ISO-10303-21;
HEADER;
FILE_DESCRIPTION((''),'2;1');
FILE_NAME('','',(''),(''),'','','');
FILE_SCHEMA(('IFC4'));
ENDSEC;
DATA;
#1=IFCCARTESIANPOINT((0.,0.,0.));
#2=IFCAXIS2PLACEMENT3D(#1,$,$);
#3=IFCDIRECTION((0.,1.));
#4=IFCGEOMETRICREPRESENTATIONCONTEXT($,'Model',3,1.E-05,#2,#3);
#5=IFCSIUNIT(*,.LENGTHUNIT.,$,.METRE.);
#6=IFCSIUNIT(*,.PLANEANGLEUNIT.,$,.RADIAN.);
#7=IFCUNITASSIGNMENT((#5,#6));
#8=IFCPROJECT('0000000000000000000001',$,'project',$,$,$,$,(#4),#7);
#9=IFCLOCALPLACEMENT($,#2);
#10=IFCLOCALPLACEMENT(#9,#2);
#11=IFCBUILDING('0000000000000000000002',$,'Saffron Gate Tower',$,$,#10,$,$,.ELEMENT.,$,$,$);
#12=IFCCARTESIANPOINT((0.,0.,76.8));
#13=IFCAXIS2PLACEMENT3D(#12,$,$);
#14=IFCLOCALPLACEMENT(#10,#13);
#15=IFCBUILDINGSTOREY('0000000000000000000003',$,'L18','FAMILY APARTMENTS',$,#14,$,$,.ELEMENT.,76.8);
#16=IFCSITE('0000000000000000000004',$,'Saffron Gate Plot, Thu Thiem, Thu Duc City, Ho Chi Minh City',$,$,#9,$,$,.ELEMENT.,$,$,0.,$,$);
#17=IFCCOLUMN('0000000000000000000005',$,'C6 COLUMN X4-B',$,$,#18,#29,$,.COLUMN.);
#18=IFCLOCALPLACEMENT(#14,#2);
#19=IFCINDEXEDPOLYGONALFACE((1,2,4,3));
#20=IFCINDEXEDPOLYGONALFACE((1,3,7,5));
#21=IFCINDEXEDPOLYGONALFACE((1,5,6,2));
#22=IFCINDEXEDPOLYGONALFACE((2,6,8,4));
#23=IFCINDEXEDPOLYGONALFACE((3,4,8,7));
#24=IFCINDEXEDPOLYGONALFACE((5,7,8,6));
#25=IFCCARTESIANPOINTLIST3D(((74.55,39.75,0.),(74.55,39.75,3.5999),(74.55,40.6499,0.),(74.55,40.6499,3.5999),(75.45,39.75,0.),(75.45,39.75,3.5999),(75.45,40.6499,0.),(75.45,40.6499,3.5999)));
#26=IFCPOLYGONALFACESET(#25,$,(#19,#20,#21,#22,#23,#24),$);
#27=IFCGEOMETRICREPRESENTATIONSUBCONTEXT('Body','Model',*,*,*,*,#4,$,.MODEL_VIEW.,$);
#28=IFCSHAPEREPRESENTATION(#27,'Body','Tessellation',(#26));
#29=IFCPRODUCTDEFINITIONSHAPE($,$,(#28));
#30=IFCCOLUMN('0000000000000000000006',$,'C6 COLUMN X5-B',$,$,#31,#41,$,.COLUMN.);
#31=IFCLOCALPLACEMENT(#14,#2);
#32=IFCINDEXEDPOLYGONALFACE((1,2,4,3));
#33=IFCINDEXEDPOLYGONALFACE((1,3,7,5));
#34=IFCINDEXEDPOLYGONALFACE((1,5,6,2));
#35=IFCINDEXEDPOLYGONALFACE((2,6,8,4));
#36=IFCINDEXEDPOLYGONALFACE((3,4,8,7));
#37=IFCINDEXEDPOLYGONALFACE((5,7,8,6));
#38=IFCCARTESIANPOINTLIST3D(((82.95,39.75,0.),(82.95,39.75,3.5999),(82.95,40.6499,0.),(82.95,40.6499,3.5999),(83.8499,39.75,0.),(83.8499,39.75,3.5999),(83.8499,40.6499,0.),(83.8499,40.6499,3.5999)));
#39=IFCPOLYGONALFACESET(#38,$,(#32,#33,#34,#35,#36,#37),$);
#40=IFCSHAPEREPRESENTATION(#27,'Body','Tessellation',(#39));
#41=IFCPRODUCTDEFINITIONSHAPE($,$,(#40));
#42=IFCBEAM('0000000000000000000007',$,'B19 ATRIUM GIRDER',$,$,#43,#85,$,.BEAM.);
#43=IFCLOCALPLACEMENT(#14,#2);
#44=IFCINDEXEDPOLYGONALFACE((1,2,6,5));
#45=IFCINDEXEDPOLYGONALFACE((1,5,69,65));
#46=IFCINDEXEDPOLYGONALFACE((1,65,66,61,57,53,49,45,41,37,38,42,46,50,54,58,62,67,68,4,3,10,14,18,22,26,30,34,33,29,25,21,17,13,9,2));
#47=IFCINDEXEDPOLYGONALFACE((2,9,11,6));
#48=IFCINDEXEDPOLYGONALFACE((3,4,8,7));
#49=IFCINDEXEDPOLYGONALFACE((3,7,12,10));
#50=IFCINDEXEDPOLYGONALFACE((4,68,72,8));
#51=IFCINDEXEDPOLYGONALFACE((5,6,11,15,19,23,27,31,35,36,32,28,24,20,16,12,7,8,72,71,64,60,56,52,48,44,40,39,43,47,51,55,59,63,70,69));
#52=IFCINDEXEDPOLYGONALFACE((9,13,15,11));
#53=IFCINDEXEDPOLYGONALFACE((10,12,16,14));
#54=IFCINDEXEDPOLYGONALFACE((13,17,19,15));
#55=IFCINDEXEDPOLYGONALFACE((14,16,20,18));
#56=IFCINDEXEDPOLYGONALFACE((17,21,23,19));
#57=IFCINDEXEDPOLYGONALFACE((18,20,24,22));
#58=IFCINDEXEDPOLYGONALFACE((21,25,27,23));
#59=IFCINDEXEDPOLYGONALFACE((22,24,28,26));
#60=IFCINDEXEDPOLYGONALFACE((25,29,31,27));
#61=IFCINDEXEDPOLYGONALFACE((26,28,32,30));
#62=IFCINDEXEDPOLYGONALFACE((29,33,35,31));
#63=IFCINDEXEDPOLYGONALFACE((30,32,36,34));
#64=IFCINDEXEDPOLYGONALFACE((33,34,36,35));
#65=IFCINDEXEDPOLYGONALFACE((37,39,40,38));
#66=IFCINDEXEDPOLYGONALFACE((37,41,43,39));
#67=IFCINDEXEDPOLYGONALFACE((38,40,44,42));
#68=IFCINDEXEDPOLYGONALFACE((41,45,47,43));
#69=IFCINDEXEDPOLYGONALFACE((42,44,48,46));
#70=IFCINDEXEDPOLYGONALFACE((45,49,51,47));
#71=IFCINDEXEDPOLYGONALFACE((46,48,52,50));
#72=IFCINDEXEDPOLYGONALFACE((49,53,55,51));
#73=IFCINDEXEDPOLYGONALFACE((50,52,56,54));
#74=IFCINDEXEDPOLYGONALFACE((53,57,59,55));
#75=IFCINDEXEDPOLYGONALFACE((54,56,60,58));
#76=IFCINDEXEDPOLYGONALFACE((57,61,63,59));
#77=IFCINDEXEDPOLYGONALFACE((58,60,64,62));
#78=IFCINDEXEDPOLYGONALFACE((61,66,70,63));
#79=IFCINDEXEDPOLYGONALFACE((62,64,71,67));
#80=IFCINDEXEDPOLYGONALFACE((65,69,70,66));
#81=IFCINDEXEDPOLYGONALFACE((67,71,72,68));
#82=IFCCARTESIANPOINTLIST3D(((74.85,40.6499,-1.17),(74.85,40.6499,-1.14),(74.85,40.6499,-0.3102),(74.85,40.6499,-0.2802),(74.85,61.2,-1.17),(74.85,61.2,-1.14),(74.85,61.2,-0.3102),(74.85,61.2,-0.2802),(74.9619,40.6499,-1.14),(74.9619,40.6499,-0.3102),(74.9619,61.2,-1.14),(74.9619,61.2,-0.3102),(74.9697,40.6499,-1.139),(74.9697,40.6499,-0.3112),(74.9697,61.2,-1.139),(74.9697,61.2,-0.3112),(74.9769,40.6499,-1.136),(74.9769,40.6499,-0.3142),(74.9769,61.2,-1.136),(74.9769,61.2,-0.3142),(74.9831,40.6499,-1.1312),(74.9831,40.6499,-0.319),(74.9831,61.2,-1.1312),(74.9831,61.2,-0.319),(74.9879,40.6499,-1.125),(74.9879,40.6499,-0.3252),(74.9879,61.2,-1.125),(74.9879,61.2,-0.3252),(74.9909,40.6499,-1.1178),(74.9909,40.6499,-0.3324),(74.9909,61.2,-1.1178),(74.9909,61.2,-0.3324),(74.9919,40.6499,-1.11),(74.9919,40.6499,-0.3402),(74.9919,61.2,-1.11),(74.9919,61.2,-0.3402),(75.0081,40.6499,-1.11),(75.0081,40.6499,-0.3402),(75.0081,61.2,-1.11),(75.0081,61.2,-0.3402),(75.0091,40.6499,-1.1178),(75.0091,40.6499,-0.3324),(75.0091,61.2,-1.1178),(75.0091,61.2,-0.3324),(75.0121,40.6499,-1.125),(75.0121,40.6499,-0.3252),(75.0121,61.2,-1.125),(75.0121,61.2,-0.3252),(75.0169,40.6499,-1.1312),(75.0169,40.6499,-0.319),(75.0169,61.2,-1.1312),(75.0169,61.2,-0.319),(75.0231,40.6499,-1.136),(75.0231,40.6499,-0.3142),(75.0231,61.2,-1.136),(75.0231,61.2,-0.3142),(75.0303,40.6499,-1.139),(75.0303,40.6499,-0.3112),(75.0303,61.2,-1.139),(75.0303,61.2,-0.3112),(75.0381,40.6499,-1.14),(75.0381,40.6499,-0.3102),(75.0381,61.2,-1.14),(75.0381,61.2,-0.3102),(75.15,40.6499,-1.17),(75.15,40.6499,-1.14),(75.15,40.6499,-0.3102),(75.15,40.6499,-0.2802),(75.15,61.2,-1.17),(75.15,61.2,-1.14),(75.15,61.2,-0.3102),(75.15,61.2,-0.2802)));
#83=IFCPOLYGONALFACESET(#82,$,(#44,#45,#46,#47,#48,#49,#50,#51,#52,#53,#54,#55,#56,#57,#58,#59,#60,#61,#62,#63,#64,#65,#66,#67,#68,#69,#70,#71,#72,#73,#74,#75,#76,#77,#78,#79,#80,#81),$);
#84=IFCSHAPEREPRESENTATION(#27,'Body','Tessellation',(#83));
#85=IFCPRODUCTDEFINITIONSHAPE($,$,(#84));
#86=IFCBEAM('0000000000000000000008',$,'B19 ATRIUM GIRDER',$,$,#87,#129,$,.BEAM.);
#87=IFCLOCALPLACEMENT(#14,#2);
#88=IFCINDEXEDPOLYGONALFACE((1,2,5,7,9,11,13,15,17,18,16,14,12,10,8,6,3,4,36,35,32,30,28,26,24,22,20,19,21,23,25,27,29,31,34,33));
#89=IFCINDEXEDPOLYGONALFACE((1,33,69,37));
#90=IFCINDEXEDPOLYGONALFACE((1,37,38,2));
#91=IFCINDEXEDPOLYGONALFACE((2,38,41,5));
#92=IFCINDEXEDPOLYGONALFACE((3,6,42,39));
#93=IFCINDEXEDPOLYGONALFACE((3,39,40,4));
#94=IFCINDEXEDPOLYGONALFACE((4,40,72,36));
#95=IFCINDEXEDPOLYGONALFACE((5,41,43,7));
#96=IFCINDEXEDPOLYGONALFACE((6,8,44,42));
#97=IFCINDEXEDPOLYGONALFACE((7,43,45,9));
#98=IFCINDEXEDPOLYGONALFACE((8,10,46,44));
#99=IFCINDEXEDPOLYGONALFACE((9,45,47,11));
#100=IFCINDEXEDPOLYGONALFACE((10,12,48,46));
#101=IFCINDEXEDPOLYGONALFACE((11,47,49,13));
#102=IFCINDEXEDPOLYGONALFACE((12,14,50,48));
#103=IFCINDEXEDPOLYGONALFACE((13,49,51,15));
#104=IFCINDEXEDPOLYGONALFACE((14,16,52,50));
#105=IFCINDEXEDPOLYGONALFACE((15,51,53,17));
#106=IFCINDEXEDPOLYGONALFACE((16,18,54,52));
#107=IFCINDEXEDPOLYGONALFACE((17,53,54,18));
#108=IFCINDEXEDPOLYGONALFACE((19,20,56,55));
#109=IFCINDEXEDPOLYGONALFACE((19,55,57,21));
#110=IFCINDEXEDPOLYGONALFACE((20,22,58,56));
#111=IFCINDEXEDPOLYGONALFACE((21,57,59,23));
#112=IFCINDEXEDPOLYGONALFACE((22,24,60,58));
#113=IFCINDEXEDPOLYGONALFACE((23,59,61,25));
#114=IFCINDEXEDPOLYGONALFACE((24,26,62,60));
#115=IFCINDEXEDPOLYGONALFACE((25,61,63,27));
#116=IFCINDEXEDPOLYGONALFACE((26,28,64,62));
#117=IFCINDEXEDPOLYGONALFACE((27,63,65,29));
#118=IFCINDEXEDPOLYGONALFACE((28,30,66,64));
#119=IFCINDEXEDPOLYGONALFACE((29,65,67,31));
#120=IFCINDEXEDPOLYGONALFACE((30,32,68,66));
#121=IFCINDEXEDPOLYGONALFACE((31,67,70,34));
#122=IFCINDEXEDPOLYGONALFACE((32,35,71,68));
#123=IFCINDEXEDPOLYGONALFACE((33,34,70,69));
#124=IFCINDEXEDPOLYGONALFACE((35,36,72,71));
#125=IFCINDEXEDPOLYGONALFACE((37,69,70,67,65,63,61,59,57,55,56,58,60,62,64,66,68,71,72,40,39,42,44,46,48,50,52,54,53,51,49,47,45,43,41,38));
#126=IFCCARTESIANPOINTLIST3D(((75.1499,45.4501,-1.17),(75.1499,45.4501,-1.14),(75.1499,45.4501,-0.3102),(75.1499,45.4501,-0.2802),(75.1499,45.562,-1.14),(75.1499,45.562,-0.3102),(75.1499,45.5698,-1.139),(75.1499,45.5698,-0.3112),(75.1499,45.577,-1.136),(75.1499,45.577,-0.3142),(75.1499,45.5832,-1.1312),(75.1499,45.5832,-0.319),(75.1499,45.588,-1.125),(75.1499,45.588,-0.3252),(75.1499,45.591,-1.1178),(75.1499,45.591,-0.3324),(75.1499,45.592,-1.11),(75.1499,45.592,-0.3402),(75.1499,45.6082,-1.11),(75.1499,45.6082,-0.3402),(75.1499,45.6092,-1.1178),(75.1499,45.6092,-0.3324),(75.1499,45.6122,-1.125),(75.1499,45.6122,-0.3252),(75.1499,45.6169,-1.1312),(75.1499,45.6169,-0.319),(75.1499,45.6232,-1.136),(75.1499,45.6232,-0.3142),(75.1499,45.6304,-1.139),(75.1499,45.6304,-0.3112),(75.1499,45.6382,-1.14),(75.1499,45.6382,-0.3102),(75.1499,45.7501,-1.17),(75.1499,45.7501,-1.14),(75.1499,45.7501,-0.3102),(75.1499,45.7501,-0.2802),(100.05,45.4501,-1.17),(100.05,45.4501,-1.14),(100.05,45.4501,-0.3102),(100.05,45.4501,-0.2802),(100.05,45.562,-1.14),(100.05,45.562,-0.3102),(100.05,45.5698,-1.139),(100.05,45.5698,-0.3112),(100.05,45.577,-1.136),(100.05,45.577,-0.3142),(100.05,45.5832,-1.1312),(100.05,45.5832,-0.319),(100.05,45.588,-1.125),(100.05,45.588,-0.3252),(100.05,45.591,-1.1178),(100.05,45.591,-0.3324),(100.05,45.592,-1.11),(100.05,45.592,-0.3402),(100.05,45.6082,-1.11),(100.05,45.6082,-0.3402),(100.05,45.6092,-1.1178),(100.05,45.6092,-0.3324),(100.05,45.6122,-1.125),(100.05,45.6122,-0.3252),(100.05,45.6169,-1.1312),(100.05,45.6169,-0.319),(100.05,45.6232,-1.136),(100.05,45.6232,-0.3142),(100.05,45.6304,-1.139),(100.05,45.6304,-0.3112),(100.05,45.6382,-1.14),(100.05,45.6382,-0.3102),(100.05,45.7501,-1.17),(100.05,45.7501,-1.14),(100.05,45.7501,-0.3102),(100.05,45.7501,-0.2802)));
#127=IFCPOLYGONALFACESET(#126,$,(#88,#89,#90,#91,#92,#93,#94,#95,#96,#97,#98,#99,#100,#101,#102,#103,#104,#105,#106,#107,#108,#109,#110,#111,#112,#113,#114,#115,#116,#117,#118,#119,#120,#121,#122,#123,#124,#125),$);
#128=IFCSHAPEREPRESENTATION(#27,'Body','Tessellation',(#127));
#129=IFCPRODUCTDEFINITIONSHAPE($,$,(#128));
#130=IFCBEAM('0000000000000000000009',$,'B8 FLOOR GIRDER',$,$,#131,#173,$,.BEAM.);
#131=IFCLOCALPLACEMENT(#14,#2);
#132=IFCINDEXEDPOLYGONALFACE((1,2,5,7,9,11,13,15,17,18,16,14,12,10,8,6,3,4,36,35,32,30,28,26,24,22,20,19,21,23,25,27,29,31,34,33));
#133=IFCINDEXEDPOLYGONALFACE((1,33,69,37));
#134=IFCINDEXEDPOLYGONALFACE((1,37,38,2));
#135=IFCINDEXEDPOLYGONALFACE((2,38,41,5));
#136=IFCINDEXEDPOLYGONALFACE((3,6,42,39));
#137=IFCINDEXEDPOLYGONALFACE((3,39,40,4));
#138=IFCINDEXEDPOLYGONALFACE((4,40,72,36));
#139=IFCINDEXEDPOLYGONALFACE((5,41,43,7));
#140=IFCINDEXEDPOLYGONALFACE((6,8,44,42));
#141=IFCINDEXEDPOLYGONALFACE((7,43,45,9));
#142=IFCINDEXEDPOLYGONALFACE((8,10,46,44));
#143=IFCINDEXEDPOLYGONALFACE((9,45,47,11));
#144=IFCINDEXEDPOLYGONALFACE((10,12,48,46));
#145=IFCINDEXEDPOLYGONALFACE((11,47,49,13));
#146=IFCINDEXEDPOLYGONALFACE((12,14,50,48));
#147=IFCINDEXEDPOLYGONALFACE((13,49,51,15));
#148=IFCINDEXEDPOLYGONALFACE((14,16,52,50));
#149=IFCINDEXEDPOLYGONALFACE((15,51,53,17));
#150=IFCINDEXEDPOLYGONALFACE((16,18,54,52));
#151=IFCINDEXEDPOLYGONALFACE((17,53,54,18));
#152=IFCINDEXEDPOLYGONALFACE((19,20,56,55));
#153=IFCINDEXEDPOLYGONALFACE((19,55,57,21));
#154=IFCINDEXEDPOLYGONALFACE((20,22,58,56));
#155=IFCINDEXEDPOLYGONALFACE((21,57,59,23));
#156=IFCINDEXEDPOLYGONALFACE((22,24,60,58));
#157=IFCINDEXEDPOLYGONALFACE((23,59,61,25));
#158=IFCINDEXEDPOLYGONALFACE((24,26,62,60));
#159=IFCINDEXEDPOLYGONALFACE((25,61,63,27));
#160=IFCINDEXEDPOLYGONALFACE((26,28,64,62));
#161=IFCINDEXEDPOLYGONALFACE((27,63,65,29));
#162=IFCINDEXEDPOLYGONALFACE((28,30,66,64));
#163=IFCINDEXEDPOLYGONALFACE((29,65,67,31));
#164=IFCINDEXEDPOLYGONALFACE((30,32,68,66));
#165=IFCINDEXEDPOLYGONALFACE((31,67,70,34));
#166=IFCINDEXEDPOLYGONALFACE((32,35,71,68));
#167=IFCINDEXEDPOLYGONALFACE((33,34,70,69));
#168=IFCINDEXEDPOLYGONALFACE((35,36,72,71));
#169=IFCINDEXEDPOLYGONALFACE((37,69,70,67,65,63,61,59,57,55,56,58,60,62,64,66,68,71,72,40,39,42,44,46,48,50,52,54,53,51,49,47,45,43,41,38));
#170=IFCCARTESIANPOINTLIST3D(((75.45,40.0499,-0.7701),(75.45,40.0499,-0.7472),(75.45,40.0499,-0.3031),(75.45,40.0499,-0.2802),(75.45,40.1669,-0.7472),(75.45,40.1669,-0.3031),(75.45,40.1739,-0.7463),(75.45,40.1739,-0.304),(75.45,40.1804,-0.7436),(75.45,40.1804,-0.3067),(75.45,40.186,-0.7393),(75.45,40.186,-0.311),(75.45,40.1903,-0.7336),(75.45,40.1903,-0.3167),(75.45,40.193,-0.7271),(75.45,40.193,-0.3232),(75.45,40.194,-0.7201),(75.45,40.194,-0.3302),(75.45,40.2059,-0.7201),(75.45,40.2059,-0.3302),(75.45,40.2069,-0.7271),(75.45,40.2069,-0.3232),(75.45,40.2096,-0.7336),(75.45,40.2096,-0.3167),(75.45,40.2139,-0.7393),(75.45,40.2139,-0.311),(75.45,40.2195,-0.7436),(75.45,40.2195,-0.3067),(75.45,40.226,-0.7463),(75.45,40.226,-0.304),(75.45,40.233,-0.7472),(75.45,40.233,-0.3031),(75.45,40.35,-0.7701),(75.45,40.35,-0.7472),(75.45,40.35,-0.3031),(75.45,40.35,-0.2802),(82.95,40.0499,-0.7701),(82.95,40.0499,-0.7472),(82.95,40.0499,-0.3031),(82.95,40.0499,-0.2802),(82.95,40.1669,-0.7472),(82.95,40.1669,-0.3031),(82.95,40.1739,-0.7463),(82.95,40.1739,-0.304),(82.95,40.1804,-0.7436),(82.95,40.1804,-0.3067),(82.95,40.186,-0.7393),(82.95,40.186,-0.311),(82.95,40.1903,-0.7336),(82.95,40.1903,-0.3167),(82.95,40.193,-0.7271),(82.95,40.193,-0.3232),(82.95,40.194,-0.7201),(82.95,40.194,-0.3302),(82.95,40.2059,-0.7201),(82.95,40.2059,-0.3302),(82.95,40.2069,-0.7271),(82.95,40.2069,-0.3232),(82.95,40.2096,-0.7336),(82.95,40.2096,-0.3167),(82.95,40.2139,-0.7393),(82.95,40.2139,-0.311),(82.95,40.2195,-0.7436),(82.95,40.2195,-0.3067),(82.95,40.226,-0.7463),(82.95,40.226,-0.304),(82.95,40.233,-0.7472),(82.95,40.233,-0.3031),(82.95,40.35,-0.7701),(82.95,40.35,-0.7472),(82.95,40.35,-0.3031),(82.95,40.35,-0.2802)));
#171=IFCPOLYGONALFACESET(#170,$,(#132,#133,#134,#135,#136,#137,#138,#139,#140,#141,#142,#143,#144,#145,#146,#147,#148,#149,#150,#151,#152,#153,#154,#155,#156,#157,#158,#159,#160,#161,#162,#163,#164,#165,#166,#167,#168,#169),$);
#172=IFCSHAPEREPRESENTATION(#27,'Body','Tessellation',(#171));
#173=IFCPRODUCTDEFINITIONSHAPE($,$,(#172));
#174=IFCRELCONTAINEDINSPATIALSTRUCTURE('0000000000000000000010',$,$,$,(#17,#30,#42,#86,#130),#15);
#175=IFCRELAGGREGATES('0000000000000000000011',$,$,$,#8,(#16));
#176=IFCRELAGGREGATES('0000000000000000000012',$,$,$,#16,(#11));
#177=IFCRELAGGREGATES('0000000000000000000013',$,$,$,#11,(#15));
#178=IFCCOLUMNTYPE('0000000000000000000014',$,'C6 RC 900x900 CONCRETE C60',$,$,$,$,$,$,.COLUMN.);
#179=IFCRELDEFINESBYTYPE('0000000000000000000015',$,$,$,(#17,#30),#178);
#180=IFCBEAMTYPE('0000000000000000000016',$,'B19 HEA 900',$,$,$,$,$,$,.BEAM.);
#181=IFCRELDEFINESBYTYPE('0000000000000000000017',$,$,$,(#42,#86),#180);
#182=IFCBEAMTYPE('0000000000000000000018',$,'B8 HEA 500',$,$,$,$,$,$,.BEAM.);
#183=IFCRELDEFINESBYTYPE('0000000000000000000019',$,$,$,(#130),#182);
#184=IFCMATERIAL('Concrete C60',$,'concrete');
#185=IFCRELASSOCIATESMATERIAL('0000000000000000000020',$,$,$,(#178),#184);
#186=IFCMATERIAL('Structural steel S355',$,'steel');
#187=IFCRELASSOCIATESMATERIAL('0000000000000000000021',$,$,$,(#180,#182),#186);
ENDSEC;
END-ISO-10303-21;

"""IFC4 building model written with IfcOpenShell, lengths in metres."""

from ifc_helpers import new_model, si_unit, direction, frame, origin, origin_2d, place, context, subcontext, project, spatial, rectangle, i_section, extrude, material, material_profile, profile_set, type_object, element, save


model = new_model("IFC4")

# Units and contexts
model_context = context("Model", 3, precision=1e-05, world=origin(), true_north=direction((0.0, 1.0)))
body_context = subcontext(model_context, "Body", "Model", "MODEL_VIEW")
ifc_project = project(units=[si_unit("LENGTHUNIT", "METRE"), si_unit("PLANEANGLEUNIT", "RADIAN")], contexts=[model_context])

# Site, building, storey
site_placement = place(None, origin())
site = spatial("IfcSite", under=ifc_project, at=site_placement, Name="Saffron Gate Plot, Thu Thiem, Thu Duc City, Ho Chi Minh City", CompositionType="ELEMENT", RefElevation=0.0)
building_placement = place(site_placement, origin())
building = spatial("IfcBuilding", under=site, at=building_placement, Name="Saffron Gate Tower", CompositionType="ELEMENT")
storey_placement = place(building_placement, frame((0.0, 0.0, 76.8)))
storey = spatial("IfcBuildingStorey", under=building, at=storey_placement, Name="L18", Description="FAMILY APARTMENTS", CompositionType="ELEMENT", Elevation=76.8)

# Columns
ifc_material_1 = material(Name="Concrete C60", Category="concrete")
ifc_material_profile_1 = material_profile(ifc_material_1, rectangle(XDim=0.8999, YDim=0.8999, at=origin_2d()))
ifc_profile_set_1 = profile_set([ifc_material_profile_1], Name="Concrete C60")
column_type = type_object("IfcColumnType", Name="C6 RC 900x900 CONCRETE C60", PredefinedType="COLUMN", material=ifc_profile_set_1)
for number, where, z_axis, x_axis, name in (
    (1, (75.0, 40.2, 0.0), (0.0, 0.0, 1.0), (1.0, 0.0, 0.0), "C6 COLUMN X4-B"),
    (2, (83.3999, 40.2, 0.0), (0.0, 0.0, 1.0), (1.0, 0.0, 0.0), "C6 COLUMN X5-B"),
):
    element("IfcColumn", number, at=place(storey_placement, frame(where, z_axis=z_axis, x_axis=x_axis)), inside=storey, type_object=column_type, Name=name, PredefinedType="COLUMN", context=body_context, shape_type="SweptSolid", body=[
        extrude(rectangle(XDim=0.8999, YDim=0.8999, at=origin_2d()), origin(), (0.0, 0.0, 1.0), 3.5999),
    ])

# Beams
ifc_material_2 = material(Name="Structural steel S355", Category="steel")
ifc_material_profile_2 = material_profile(ifc_material_2, i_section(OverallWidth=0.3, OverallDepth=0.8899, WebThickness=0.0161, FlangeThickness=0.03, FilletRadius=0.03, at=origin_2d()))
ifc_profile_set_2 = profile_set([ifc_material_profile_2], Name="Structural steel S355")
beam_type_1 = type_object("IfcBeamType", Name="B19 HEA 900", PredefinedType="BEAM", material=ifc_profile_set_2)
beam_1_placement = place(storey_placement, frame((75.0, 40.6499, -0.7251), z_axis=(0.0, 1.0, 0.0), x_axis=(-1.0, 0.0, 0.0)))
element("IfcBeam", 3, at=beam_1_placement, inside=storey, type_object=beam_type_1, Name="B19 ATRIUM GIRDER", PredefinedType="BEAM", context=body_context, shape_type="SweptSolid", body=[
    extrude(i_section(OverallWidth=0.3, OverallDepth=0.8899, WebThickness=0.0161, FlangeThickness=0.03, FilletRadius=0.03, at=origin_2d()), origin(), (0.0, 0.0, 1.0), 20.55),
])
beam_2_placement = place(storey_placement, frame((75.1499, 45.6001, -0.7251), z_axis=(1.0, 0.0, 0.0), x_axis=(0.0, 1.0, 0.0)))
element("IfcBeam", 4, at=beam_2_placement, inside=storey, type_object=beam_type_1, Name="B19 ATRIUM GIRDER", PredefinedType="BEAM", context=body_context, shape_type="SweptSolid", body=[
    extrude(i_section(OverallWidth=0.3, OverallDepth=0.8899, WebThickness=0.0161, FlangeThickness=0.03, FilletRadius=0.03, at=origin_2d()), origin(), (0.0, 0.0, 1.0), 24.9001),
])
ifc_material_profile_3 = material_profile(ifc_material_2, i_section(OverallWidth=0.3, OverallDepth=0.49, WebThickness=0.012, FlangeThickness=0.0229, FilletRadius=0.0271, at=origin_2d()))
ifc_profile_set_3 = profile_set([ifc_material_profile_3], Name="Structural steel S355")
beam_type_2 = type_object("IfcBeamType", Name="B8 HEA 500", PredefinedType="BEAM", material=ifc_profile_set_3)
beam_3_placement = place(storey_placement, frame((75.45, 40.2, -0.5251), z_axis=(1.0, 0.0, 0.0), x_axis=(0.0, 1.0, 0.0)))
element("IfcBeam", 5, at=beam_3_placement, inside=storey, type_object=beam_type_2, Name="B8 FLOOR GIRDER", PredefinedType="BEAM", context=body_context, shape_type="SweptSolid", body=[
    extrude(i_section(OverallWidth=0.3, OverallDepth=0.49, WebThickness=0.012, FlangeThickness=0.0229, FilletRadius=0.0271, at=origin_2d()), origin(), (0.0, 0.0, 1.0), 7.5),
])

save(model, "model.ifc")
